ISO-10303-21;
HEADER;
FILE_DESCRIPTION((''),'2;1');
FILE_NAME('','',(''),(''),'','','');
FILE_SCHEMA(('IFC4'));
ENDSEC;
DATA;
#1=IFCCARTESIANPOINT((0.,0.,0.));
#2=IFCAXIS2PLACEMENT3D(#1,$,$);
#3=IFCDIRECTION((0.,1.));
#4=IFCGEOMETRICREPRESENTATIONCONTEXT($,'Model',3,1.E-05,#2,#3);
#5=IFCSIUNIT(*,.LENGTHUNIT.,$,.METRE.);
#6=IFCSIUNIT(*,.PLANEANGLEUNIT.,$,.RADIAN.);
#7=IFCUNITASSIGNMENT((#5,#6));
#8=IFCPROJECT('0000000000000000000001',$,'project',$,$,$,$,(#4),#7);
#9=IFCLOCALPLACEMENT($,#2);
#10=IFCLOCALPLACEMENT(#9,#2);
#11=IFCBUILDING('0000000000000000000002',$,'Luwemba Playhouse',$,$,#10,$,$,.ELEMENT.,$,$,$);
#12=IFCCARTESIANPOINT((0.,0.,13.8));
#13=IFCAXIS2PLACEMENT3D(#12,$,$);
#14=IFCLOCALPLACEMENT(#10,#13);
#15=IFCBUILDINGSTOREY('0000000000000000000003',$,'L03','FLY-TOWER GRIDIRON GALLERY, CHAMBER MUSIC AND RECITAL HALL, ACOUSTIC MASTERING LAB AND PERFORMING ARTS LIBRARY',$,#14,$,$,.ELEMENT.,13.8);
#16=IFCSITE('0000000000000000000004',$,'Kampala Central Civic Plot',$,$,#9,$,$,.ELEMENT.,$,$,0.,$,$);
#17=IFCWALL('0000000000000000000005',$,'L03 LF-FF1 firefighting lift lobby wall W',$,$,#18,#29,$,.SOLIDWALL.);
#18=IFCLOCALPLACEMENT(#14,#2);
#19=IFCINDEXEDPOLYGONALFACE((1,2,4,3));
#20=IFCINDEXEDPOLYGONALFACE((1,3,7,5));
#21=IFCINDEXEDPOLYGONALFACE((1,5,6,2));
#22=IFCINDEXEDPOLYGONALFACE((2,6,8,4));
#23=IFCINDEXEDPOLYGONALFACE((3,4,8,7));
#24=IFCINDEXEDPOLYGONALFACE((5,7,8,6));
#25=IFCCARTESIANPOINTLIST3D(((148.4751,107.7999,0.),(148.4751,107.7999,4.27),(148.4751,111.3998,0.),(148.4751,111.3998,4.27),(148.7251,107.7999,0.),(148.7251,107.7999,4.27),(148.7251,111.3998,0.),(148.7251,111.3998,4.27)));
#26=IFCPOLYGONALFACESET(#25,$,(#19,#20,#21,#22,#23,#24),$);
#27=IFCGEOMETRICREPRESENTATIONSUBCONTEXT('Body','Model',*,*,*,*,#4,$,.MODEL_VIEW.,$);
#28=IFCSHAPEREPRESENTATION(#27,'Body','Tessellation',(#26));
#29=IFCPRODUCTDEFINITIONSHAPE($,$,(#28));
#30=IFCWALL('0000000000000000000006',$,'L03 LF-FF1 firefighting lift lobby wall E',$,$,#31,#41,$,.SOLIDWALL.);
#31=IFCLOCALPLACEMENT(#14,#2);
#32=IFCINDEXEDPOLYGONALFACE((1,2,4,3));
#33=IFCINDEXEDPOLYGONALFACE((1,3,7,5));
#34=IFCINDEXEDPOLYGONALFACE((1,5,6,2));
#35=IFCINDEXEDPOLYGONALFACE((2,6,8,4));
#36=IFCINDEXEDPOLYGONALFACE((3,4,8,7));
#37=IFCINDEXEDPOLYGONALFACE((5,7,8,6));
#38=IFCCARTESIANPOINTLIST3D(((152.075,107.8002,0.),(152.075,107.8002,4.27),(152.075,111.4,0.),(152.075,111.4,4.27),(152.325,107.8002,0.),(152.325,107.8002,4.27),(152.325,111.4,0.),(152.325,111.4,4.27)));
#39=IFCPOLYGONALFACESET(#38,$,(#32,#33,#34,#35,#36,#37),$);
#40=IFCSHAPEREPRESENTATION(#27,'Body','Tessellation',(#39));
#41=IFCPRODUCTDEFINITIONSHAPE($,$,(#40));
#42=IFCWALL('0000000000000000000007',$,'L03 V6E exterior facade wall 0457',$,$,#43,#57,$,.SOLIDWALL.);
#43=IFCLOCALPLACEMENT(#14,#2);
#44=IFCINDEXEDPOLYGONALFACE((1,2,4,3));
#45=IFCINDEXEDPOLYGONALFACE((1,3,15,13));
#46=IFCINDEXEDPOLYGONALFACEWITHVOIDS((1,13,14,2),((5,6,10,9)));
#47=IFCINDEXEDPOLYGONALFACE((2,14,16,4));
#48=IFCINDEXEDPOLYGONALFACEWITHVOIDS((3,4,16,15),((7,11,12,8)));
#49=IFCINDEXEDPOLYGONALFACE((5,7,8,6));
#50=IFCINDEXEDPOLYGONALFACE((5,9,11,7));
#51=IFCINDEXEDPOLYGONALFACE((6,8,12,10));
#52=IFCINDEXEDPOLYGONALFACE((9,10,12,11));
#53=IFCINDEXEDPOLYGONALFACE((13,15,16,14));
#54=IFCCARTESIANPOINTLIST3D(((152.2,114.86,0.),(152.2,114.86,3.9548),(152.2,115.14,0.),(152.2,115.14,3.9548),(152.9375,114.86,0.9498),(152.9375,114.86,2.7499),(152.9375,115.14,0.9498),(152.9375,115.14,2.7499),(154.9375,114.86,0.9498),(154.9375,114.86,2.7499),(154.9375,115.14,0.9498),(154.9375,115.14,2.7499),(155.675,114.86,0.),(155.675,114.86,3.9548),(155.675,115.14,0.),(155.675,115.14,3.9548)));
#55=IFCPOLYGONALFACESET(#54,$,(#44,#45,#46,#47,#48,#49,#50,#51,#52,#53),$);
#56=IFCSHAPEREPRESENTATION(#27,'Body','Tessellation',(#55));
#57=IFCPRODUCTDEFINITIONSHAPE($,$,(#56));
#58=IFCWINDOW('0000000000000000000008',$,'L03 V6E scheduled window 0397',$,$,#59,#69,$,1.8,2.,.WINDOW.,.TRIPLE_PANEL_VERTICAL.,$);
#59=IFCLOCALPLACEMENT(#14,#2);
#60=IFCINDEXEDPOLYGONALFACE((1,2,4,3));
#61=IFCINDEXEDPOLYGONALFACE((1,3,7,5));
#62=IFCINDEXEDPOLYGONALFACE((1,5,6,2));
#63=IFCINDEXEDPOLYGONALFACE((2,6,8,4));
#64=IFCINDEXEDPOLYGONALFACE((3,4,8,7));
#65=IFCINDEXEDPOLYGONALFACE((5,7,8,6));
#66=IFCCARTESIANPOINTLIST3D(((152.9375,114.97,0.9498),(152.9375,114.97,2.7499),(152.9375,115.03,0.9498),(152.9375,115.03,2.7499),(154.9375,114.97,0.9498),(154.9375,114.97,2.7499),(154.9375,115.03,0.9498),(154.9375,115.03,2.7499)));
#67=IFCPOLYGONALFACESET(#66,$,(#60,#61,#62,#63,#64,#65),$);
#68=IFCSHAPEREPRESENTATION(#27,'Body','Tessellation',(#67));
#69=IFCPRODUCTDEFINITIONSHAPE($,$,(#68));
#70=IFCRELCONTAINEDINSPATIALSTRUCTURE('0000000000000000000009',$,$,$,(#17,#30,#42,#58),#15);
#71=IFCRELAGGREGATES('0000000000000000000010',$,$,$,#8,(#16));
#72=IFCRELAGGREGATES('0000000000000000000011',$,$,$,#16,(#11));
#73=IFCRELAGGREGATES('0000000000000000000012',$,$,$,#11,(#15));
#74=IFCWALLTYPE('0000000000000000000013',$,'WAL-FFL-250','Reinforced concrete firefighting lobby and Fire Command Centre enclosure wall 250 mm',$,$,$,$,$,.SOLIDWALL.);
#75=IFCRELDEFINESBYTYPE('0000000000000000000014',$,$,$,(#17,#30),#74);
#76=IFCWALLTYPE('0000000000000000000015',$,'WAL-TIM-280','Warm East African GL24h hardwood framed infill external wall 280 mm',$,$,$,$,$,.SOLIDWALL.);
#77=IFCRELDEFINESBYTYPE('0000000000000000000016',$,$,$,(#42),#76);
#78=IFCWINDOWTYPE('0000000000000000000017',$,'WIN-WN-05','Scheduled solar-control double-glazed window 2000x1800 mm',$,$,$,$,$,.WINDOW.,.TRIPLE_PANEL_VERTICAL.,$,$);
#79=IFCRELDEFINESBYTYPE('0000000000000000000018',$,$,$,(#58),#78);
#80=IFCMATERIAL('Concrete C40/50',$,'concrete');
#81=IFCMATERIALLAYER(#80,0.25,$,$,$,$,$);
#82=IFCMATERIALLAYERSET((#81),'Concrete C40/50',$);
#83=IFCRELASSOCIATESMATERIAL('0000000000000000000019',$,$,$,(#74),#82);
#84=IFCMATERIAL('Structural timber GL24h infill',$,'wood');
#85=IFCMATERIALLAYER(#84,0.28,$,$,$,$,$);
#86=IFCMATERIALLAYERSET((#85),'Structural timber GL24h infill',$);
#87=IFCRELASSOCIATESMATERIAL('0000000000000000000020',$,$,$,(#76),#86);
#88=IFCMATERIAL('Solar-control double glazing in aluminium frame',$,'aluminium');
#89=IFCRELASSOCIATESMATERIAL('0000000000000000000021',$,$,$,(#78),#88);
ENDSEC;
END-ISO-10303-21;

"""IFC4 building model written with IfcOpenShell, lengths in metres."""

from ifc_helpers import new_model, si_unit, direction, frame, frame_2d, origin, place, context, subcontext, project, spatial, rectangle, extrude, material, layer, layer_set, type_object, element, fill, save


model = new_model("IFC4")

# Units and contexts
model_context = context("Model", 3, precision=1e-05, world=origin(), true_north=direction((0.0, 1.0)))
body_context = subcontext(model_context, "Body", "Model", "MODEL_VIEW")
ifc_project = project(units=[si_unit("LENGTHUNIT", "METRE"), si_unit("PLANEANGLEUNIT", "RADIAN")], contexts=[model_context])

# Site, building, storey
site_placement = place(None, origin())
site = spatial("IfcSite", under=ifc_project, at=site_placement, Name="Kampala Central Civic Plot", CompositionType="ELEMENT", RefElevation=0.0)
building_placement = place(site_placement, origin())
building = spatial("IfcBuilding", under=site, at=building_placement, Name="Luwemba Playhouse", CompositionType="ELEMENT")
storey_placement = place(building_placement, frame((0.0, 0.0, 13.8)))
storey = spatial("IfcBuildingStorey", under=building, at=storey_placement, Name="L03", Description="FLY-TOWER GRIDIRON GALLERY, CHAMBER MUSIC AND RECITAL HALL, ACOUSTIC MASTERING LAB AND PERFORMING ARTS LIBRARY", CompositionType="ELEMENT", Elevation=13.8)

# Shared definitions
ifc_material_1 = material(Name="Concrete C40/50", Category="concrete")

# Shared definitions
ifc_material_2 = material(Name="Solar-control double glazing in aluminium frame", Category="aluminium")

# Shared definitions
ifc_layer_1 = layer(ifc_material_1, 0.25)
ifc_layer_set_1 = layer_set([ifc_layer_1], Name="Concrete C40/50")
wall_type_1 = type_object("IfcWallType", Name="WAL-FFL-250", Description="Reinforced concrete firefighting lobby and Fire Command Centre enclosure wall 250 mm", PredefinedType="SOLIDWALL", material=ifc_layer_set_1)

# Walls
for number, where, z_axis, x_axis, name in (
    (1, (148.6001, 107.8, 0.0), (0.0, 0.0, 1.0), (0.0, 1.0, 0.0), "L03 LF-FF1 firefighting lift lobby wall W"),
    (2, (152.2, 111.3999, 0.0), (0.0, 0.0, 1.0), (0.0, -1.0, 0.0), "L03 LF-FF1 firefighting lift lobby wall E"),
):
    element("IfcWall", number, at=place(storey_placement, frame(where, z_axis=z_axis, x_axis=x_axis)), inside=storey, type_object=wall_type_1, Name=name, PredefinedType="SOLIDWALL", context=body_context, shape_type="SweptSolid", body=[
        extrude(rectangle(XDim=3.5999, YDim=0.25, at=frame_2d((1.7998, 0.0))), origin(), (0.0, 0.0, 1.0), 4.27),
    ])

# Wall, opening, window
ifc_material_3 = material(Name="Structural timber GL24h infill", Category="wood")
ifc_layer_2 = layer(ifc_material_3, 0.28)
ifc_layer_set_2 = layer_set([ifc_layer_2], Name="Structural timber GL24h infill")
wall_type_2 = type_object("IfcWallType", Name="WAL-TIM-280", Description="Warm East African GL24h hardwood framed infill external wall 280 mm", PredefinedType="SOLIDWALL", material=ifc_layer_set_2)
wall_1_placement = place(storey_placement, frame((152.2, 115.0, 0.0), z_axis=(0.0, 0.0, 1.0), x_axis=(1.0, 0.0, 0.0)))
wall_1 = element("IfcWall", 3, at=wall_1_placement, inside=storey, type_object=wall_type_2, Name="L03 V6E exterior facade wall 0457", PredefinedType="SOLIDWALL", context=body_context, shape_type="SweptSolid", body=[
    extrude(rectangle(XDim=3.4751, YDim=0.28, at=frame_2d((1.7375, 0.0))), origin(), (0.0, 0.0, 1.0), 3.9548),
])
opening_1_placement = place(wall_1_placement, frame((0.7375, 0.0, 0.95)))
opening_1 = element("IfcOpeningElement", 4, at=opening_1_placement, cuts=wall_1, PredefinedType="OPENING", context=body_context, shape_type="SweptSolid", body=[
    extrude(rectangle(XDim=2.0, YDim=1.8, at=frame_2d((1.0, 0.8999))), frame((0.0, 0.1499, 0.0), z_axis=(0.0, -1.0, 0.0), x_axis=(1.0, 0.0, 0.0)), (0.0, 0.0, 1.0), 0.3),
])
window_type_1 = type_object("IfcWindowType", Name="WIN-WN-05", Description="Scheduled solar-control double-glazed window 2000x1800 mm", PartitioningType="TRIPLE_PANEL_VERTICAL", PredefinedType="WINDOW", material=ifc_material_2)
window_1_placement = place(opening_1_placement, origin())
window_1 = element("IfcWindow", 5, at=window_1_placement, inside=storey, type_object=window_type_1, Name="L03 V6E scheduled window 0397", OverallHeight=1.8, OverallWidth=2.0, PartitioningType="TRIPLE_PANEL_VERTICAL", PredefinedType="WINDOW", context=body_context, shape_type="SweptSolid", body=[
    extrude(rectangle(XDim=2.0, YDim=1.8, at=frame_2d((1.0, 0.8999))), frame((0.0, 0.03, 0.0), z_axis=(0.0, -1.0, 0.0), x_axis=(1.0, 0.0, 0.0)), (0.0, 0.0, 1.0), 0.0601),
])
fill(opening_1, window_1)

save(model, "model.ifc")
